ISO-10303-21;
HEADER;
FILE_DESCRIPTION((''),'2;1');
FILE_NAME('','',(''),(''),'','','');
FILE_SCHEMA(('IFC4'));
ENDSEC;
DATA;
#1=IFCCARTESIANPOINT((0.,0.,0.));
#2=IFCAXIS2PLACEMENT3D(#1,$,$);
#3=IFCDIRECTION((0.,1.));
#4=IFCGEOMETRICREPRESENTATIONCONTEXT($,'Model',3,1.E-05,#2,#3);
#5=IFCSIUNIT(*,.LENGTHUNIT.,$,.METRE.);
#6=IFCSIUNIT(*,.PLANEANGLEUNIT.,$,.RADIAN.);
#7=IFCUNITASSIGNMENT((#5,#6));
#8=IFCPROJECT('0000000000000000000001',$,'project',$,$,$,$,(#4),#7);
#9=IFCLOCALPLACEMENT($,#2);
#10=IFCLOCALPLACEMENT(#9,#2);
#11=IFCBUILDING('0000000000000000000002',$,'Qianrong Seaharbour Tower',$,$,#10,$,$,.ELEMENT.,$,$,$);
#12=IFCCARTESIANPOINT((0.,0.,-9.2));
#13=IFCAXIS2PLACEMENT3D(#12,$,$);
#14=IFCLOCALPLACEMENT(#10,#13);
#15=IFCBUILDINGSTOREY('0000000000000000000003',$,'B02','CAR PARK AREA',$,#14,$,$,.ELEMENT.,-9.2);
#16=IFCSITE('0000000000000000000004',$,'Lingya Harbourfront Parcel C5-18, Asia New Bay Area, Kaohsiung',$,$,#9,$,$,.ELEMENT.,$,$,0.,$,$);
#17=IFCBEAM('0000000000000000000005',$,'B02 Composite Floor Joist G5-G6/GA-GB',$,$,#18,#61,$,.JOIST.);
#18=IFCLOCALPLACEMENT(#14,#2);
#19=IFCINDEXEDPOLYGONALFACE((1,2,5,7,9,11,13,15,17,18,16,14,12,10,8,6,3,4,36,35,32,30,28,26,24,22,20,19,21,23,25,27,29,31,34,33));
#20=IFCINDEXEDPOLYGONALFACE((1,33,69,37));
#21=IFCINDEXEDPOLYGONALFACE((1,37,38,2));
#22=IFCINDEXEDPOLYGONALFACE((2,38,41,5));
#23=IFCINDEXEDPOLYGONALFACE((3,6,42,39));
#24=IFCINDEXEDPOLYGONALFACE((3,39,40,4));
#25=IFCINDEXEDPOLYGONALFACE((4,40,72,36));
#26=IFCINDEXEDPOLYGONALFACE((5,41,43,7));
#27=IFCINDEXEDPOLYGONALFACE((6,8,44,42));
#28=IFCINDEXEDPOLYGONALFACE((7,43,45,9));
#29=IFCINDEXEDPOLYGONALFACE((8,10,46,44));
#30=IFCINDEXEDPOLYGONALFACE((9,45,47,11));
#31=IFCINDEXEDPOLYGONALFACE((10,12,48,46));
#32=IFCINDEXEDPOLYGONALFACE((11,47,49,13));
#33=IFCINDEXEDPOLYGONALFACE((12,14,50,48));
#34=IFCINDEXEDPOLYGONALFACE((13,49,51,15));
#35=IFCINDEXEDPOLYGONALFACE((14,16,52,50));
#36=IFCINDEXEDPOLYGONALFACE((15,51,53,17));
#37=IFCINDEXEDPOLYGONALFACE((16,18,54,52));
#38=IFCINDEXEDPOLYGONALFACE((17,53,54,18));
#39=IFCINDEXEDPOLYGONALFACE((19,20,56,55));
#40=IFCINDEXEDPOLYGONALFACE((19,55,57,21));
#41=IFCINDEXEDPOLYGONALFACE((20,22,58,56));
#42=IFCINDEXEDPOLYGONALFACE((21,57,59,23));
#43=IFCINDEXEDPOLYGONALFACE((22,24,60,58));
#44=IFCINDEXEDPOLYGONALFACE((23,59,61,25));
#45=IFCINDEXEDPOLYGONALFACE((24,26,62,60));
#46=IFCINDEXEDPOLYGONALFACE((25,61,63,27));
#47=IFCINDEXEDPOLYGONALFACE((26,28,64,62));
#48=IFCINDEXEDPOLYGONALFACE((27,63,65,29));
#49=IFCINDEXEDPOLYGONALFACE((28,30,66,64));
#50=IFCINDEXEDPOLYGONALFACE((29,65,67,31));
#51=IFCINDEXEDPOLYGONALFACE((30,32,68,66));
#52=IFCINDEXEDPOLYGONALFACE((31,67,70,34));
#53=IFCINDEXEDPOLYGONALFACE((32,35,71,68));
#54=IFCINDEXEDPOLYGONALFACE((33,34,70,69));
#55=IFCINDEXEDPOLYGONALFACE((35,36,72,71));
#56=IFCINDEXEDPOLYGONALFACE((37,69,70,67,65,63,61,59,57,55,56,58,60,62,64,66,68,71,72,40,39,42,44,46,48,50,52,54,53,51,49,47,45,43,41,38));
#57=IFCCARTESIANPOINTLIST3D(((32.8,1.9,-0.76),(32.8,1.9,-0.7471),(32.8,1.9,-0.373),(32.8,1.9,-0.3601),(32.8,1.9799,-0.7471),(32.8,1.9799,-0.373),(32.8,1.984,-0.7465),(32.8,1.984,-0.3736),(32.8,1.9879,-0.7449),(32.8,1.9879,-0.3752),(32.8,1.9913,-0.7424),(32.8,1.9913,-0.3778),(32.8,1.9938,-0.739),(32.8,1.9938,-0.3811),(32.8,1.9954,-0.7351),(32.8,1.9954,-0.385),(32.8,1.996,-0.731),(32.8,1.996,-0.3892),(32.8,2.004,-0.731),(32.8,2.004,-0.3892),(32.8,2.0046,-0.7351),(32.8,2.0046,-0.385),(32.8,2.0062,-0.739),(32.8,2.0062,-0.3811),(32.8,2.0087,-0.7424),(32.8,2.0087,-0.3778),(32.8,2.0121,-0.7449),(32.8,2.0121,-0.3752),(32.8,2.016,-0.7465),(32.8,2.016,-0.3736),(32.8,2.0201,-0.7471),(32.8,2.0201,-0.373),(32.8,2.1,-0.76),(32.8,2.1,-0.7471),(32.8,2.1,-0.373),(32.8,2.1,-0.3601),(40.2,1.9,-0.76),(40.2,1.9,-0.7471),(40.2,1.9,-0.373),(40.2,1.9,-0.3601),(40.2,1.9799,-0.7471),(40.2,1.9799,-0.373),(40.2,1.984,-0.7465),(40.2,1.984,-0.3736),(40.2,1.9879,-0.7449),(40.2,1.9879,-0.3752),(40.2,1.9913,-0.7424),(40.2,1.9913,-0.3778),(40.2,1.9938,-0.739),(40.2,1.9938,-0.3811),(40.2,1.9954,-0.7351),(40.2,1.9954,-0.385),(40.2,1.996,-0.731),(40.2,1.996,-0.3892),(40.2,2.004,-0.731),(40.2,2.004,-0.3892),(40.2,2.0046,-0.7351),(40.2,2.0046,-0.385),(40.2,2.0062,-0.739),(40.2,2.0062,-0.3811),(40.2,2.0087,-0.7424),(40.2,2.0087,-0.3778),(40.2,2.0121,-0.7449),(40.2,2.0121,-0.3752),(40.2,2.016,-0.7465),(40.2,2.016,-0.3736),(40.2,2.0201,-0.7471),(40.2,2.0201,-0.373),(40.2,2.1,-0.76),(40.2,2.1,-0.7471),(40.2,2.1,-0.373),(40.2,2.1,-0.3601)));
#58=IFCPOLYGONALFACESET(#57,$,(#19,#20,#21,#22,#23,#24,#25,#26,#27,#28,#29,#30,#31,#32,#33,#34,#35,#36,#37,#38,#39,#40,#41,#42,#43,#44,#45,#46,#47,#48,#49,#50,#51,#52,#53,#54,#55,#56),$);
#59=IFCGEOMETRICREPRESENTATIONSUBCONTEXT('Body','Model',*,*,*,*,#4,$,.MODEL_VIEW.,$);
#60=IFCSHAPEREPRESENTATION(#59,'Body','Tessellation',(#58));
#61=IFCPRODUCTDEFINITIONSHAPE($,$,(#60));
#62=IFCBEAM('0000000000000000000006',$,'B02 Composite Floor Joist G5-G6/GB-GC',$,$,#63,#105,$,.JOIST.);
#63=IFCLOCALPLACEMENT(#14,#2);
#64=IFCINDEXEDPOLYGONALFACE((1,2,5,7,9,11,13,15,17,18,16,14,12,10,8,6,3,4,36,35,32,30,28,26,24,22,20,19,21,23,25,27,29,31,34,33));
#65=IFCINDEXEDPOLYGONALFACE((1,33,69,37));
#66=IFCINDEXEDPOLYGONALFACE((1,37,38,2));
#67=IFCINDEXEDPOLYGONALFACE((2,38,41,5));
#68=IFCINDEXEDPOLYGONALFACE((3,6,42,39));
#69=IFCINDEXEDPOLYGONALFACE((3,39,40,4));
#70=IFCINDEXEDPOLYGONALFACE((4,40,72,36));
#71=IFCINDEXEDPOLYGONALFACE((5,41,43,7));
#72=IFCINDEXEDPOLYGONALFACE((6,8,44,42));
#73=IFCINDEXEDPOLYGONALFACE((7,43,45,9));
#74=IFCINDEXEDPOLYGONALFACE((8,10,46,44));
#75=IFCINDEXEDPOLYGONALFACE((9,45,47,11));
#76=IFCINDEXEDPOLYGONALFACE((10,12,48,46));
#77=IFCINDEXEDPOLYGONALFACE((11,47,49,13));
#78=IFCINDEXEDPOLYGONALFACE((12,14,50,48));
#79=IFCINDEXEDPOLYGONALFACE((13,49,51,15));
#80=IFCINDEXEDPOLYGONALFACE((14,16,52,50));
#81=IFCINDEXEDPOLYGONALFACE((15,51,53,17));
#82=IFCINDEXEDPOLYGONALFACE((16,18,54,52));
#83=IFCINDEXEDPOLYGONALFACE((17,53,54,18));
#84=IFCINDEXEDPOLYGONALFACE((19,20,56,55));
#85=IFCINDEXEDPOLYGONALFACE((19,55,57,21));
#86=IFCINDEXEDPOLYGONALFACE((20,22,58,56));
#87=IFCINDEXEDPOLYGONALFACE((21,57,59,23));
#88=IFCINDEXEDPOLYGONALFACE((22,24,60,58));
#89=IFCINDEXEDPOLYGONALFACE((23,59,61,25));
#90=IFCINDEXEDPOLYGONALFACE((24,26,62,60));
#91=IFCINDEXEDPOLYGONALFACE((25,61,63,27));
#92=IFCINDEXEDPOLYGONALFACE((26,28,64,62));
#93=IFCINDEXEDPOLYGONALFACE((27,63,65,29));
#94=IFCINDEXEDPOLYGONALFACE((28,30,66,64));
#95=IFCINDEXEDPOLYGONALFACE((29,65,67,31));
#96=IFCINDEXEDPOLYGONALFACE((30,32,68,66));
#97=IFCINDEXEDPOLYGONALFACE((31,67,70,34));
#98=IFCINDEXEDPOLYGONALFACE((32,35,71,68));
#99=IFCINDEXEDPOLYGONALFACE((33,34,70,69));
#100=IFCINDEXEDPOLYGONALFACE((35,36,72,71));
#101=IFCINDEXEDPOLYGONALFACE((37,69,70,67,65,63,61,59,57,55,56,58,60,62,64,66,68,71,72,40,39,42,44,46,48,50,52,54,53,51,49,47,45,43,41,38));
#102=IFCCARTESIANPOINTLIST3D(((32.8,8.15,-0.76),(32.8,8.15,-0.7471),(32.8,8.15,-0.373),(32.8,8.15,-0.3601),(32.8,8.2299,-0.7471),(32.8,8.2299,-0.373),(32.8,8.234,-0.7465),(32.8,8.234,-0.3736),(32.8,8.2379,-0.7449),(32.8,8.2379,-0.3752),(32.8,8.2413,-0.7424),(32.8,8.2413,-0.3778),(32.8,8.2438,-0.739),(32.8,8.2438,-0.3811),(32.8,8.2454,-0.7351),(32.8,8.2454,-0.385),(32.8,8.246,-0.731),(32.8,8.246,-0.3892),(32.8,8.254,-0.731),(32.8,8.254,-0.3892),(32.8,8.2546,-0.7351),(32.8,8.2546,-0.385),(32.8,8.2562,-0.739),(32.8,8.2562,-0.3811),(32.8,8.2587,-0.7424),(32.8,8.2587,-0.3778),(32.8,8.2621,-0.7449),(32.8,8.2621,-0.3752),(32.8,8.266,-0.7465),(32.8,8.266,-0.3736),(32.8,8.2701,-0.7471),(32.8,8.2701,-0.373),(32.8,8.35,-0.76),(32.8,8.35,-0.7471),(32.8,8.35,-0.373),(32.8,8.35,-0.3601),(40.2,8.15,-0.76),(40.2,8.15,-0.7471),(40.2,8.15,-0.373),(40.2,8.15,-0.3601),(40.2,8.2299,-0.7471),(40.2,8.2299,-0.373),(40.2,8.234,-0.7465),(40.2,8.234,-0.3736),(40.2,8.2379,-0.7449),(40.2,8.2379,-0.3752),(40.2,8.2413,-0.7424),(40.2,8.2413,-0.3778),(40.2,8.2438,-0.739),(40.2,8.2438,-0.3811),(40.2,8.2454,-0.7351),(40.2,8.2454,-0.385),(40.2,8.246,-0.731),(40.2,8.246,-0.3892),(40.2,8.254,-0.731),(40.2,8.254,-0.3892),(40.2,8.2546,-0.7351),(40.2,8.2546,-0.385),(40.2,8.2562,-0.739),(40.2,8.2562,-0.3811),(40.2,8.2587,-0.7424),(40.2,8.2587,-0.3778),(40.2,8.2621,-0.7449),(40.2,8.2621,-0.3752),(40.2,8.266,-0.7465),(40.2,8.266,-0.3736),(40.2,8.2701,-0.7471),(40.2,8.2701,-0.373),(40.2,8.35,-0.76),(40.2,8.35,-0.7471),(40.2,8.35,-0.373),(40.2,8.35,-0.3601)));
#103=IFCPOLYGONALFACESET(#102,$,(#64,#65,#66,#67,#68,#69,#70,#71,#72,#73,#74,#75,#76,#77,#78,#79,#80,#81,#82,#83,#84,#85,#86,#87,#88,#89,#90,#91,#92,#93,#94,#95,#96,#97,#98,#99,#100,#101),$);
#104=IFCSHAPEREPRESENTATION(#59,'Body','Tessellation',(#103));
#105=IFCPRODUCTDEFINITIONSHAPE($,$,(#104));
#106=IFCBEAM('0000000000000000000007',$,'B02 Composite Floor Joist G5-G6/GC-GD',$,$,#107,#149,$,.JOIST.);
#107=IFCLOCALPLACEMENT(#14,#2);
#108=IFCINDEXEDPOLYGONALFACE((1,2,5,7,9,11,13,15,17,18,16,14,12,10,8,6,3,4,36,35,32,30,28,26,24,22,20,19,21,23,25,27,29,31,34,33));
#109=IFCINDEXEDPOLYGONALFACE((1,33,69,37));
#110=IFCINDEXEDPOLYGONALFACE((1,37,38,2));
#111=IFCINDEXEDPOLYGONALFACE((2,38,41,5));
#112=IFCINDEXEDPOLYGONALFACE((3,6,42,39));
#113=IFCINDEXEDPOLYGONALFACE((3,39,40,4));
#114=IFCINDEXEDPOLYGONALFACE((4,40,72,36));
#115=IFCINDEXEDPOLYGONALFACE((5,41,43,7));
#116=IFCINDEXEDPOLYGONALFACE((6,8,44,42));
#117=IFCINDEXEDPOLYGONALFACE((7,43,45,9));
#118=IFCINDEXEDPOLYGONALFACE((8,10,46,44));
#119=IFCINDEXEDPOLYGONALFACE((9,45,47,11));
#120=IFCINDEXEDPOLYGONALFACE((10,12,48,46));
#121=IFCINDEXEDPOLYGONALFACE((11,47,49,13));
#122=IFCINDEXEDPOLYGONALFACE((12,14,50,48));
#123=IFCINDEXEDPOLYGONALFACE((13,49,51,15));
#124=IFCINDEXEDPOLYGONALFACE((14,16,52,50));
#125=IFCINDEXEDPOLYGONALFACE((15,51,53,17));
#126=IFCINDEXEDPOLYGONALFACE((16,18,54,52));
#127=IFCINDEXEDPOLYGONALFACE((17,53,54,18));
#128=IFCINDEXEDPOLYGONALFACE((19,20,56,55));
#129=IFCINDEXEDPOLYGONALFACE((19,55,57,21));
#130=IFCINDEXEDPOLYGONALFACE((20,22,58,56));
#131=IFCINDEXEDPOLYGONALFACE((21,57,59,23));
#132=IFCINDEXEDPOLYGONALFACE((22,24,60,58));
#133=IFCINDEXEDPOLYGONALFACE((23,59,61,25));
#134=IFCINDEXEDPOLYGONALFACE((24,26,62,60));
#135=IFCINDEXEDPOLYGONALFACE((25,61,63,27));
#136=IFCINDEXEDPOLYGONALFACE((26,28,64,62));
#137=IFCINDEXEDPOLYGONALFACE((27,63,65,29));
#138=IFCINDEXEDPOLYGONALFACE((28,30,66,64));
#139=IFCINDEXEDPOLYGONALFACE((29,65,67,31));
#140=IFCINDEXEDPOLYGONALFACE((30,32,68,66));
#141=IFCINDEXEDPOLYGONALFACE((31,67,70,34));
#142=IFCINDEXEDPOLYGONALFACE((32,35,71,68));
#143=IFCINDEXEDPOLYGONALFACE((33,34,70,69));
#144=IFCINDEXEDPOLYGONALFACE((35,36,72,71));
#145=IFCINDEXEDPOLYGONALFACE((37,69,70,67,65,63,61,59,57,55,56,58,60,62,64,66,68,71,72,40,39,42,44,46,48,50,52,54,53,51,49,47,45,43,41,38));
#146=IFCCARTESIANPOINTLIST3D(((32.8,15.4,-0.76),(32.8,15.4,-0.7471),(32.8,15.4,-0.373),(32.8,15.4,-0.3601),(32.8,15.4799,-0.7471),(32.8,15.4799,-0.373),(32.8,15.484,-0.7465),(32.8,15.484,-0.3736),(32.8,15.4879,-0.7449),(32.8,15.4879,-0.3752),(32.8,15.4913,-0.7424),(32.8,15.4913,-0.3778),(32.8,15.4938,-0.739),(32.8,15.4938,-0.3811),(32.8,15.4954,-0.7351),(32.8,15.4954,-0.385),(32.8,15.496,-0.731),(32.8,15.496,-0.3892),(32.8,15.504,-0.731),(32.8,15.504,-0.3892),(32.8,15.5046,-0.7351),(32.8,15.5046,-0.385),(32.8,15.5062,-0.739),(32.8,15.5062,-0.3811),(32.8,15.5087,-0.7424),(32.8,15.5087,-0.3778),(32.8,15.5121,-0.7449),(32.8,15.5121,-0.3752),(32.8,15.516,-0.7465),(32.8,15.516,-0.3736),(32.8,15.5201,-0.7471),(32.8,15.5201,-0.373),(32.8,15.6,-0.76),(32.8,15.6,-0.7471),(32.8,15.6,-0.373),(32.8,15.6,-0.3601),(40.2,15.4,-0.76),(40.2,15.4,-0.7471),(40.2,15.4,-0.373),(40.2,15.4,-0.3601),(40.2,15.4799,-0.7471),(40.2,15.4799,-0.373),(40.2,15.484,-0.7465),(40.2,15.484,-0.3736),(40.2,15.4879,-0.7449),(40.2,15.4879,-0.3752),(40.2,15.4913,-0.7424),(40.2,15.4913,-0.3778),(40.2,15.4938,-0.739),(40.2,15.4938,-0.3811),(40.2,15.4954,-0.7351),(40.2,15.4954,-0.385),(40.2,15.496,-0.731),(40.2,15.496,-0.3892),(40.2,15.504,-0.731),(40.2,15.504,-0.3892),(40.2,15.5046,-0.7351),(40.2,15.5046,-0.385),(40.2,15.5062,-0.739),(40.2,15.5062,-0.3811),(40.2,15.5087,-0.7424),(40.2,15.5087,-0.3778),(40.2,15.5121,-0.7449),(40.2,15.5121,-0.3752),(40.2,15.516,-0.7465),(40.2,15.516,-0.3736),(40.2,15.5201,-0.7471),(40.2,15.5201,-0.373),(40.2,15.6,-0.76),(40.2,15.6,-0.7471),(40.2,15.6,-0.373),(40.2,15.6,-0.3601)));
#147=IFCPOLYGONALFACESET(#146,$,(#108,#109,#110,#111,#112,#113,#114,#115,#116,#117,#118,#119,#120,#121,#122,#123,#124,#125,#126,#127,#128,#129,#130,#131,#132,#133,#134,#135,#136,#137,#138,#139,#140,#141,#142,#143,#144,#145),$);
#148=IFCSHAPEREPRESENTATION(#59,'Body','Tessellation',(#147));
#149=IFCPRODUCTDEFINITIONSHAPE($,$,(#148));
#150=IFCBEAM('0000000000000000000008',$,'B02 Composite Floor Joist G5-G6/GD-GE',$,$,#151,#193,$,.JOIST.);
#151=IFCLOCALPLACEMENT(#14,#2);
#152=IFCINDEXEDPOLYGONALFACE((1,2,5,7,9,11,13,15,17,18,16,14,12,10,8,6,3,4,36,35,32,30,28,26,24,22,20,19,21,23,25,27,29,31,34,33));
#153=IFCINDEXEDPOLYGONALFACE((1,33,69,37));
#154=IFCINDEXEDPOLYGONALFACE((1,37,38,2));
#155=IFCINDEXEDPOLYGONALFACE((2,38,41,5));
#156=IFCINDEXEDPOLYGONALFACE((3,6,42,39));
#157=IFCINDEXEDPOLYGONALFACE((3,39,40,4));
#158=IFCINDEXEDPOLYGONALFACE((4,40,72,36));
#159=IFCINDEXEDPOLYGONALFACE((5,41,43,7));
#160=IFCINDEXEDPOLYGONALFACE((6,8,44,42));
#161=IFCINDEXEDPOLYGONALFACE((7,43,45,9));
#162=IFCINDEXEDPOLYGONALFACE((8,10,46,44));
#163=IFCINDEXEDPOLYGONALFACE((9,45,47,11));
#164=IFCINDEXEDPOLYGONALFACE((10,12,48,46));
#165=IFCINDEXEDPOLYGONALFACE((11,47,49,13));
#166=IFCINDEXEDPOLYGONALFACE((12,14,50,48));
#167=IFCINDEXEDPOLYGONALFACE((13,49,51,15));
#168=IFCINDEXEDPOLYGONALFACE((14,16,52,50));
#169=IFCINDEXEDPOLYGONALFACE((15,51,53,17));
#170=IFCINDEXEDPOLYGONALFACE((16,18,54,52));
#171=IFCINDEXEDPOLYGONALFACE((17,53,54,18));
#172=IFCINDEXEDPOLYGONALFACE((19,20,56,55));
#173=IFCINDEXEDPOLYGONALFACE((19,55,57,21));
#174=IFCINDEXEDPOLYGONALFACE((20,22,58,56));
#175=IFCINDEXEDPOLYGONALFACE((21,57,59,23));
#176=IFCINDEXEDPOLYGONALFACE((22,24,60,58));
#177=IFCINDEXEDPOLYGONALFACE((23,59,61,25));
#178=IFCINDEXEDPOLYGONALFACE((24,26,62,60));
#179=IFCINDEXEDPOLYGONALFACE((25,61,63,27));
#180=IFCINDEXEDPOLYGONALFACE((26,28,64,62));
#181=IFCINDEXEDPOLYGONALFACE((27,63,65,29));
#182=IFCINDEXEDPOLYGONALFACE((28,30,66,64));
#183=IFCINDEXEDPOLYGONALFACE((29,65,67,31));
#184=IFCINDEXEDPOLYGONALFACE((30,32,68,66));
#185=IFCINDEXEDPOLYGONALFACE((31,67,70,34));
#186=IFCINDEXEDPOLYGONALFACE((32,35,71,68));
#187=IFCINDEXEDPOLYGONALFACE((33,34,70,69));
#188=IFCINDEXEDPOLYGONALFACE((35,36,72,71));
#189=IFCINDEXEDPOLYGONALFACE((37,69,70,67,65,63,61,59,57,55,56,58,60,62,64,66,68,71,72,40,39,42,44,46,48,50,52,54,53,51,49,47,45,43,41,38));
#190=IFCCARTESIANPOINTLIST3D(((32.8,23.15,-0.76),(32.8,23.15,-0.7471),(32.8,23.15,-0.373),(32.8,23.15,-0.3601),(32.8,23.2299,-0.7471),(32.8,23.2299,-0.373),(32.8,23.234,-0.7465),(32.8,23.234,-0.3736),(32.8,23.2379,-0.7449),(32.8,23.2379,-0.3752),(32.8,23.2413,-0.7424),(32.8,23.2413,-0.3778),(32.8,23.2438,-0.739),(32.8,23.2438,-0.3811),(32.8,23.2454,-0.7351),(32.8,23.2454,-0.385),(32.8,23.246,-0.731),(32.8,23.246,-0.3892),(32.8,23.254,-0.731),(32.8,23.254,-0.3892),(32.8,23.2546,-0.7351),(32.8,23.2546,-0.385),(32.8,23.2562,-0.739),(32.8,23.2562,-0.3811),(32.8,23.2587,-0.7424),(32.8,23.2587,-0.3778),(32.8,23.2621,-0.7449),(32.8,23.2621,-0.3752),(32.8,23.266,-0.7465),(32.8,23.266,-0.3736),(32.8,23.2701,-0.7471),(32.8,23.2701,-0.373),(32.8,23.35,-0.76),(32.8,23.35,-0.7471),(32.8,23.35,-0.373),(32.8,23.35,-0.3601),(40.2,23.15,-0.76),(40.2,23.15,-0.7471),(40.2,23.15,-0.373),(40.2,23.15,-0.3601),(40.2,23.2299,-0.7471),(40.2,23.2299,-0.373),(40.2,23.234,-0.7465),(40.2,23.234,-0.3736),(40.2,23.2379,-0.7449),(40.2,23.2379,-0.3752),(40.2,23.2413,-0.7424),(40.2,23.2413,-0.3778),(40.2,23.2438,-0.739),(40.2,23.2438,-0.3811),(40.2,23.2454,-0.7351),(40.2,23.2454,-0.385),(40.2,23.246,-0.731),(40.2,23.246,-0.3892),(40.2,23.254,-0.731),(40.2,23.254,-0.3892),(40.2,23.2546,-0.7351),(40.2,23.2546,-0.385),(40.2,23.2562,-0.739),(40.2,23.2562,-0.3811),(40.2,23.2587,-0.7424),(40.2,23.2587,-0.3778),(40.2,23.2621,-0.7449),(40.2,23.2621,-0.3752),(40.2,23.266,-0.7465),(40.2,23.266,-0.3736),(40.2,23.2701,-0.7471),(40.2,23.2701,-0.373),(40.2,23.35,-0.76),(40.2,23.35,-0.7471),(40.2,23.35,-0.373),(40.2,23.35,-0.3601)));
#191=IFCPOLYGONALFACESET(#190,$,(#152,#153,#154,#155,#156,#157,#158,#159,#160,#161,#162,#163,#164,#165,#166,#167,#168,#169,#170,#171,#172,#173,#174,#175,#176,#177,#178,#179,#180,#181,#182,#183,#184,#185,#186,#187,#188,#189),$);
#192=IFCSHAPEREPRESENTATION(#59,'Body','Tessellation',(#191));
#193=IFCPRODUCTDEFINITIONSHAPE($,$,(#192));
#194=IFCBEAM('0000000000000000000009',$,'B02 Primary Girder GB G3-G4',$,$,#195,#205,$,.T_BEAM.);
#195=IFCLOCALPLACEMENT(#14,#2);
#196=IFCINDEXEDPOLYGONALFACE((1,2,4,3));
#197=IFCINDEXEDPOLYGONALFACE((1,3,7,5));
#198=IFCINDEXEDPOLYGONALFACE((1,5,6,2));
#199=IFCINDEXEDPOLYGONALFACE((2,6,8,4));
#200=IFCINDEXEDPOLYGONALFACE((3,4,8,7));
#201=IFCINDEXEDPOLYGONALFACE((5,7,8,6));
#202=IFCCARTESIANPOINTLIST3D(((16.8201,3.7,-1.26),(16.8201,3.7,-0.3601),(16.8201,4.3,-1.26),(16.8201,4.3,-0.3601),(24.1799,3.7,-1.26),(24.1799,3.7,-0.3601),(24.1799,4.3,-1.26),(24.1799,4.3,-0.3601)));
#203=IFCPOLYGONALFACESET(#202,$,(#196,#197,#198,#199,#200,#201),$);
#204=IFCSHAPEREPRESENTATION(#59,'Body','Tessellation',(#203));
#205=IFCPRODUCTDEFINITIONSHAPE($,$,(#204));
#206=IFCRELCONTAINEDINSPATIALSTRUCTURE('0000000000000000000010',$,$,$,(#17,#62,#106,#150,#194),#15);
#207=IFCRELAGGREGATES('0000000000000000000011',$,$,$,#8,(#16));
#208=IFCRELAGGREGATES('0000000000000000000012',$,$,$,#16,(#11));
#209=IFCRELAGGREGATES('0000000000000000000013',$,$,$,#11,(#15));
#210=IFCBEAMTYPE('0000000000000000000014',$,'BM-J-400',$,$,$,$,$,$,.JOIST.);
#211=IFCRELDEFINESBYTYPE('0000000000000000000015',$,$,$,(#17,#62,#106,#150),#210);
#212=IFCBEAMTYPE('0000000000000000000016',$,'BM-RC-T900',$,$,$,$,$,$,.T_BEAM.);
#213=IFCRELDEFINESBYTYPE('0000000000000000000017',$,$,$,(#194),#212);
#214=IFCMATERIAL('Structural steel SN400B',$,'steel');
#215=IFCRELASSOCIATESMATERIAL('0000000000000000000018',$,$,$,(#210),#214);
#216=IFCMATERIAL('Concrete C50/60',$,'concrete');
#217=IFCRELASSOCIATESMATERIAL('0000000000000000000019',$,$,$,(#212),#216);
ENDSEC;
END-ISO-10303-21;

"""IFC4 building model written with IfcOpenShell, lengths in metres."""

from ifc_helpers import new_model, si_unit, direction, frame, origin, origin_2d, place, context, subcontext, project, spatial, rectangle, i_section, extrude, material, material_profile, profile_set, type_object, element, save


model = new_model("IFC4")

# Units and contexts
model_context = context("Model", 3, precision=1e-05, world=origin(), true_north=direction((0.0, 1.0)))
body_context = subcontext(model_context, "Body", "Model", "MODEL_VIEW")
ifc_project = project(units=[si_unit("LENGTHUNIT", "METRE"), si_unit("PLANEANGLEUNIT", "RADIAN")], contexts=[model_context])

# Site, building, storey
site_placement = place(None, origin())
site = spatial("IfcSite", under=ifc_project, at=site_placement, Name="Lingya Harbourfront Parcel C5-18, Asia New Bay Area, Kaohsiung", CompositionType="ELEMENT", RefElevation=0.0)
building_placement = place(site_placement, origin())
building = spatial("IfcBuilding", under=site, at=building_placement, Name="Qianrong Seaharbour Tower", CompositionType="ELEMENT")
storey_placement = place(building_placement, frame((0.0, 0.0, -9.2)))
storey = spatial("IfcBuildingStorey", under=building, at=storey_placement, Name="B02", Description="CAR PARK AREA", CompositionType="ELEMENT", Elevation=-9.2)

# Beams
ifc_material_1 = material(Name="Structural steel SN400B", Category="steel")
ifc_material_profile_1 = material_profile(ifc_material_1, i_section(OverallWidth=0.2, OverallDepth=0.3999, WebThickness=0.0081, FlangeThickness=0.0129, FilletRadius=0.0161, at=origin_2d()), Name="H400x200x8x13")
ifc_profile_set_1 = profile_set([ifc_material_profile_1], Name="Structural steel SN400B")
beam_type_1 = type_object("IfcBeamType", Name="BM-J-400", PredefinedType="JOIST", material=ifc_profile_set_1)
for number, where, z_axis, x_axis, name in (
    (1, (32.8, 2.0, -0.5601), (1.0, 0.0, 0.0), (0.0, 1.0, 0.0), "B02 Composite Floor Joist G5-G6/GA-GB"),
    (2, (32.8, 8.25, -0.5601), (1.0, 0.0, 0.0), (0.0, 1.0, 0.0), "B02 Composite Floor Joist G5-G6/GB-GC"),
    (3, (32.8, 15.5, -0.5601), (1.0, 0.0, 0.0), (0.0, 1.0, 0.0), "B02 Composite Floor Joist G5-G6/GC-GD"),
    (4, (32.8, 23.25, -0.5601), (1.0, 0.0, 0.0), (0.0, 1.0, 0.0), "B02 Composite Floor Joist G5-G6/GD-GE"),
):
    element("IfcBeam", number, at=place(storey_placement, frame(where, z_axis=z_axis, x_axis=x_axis)), inside=storey, type_object=beam_type_1, Name=name, PredefinedType="JOIST", context=body_context, shape_type="SweptSolid", body=[
        extrude(i_section(OverallWidth=0.2, OverallDepth=0.3999, WebThickness=0.0081, FlangeThickness=0.0129, FilletRadius=0.0161, at=origin_2d()), origin(), (0.0, 0.0, 1.0), 7.3999),
    ])
ifc_material_2 = material(Name="Concrete C50/60", Category="concrete")
ifc_material_profile_2 = material_profile(ifc_material_2, rectangle(XDim=0.6001, YDim=0.8999, at=origin_2d()), Name="RC600x900")
ifc_profile_set_2 = profile_set([ifc_material_profile_2], Name="Concrete C50/60")
beam_type_2 = type_object("IfcBeamType", Name="BM-RC-T900", PredefinedType="T_BEAM", material=ifc_profile_set_2)
for number, where, z_axis, x_axis, name in (
    (5, (16.8201, 4.0, -0.8101), (1.0, 0.0, 0.0), (0.0, 1.0, 0.0), "B02 Primary Girder GB G3-G4"),
):
    element("IfcBeam", number, at=place(storey_placement, frame(where, z_axis=z_axis, x_axis=x_axis)), inside=storey, type_object=beam_type_2, Name=name, PredefinedType="T_BEAM", context=body_context, shape_type="SweptSolid", body=[
        extrude(rectangle(XDim=0.6001, YDim=0.8999, at=origin_2d()), origin(), (0.0, 0.0, 1.0), 7.3599),
    ])

save(model, "model.ifc")
